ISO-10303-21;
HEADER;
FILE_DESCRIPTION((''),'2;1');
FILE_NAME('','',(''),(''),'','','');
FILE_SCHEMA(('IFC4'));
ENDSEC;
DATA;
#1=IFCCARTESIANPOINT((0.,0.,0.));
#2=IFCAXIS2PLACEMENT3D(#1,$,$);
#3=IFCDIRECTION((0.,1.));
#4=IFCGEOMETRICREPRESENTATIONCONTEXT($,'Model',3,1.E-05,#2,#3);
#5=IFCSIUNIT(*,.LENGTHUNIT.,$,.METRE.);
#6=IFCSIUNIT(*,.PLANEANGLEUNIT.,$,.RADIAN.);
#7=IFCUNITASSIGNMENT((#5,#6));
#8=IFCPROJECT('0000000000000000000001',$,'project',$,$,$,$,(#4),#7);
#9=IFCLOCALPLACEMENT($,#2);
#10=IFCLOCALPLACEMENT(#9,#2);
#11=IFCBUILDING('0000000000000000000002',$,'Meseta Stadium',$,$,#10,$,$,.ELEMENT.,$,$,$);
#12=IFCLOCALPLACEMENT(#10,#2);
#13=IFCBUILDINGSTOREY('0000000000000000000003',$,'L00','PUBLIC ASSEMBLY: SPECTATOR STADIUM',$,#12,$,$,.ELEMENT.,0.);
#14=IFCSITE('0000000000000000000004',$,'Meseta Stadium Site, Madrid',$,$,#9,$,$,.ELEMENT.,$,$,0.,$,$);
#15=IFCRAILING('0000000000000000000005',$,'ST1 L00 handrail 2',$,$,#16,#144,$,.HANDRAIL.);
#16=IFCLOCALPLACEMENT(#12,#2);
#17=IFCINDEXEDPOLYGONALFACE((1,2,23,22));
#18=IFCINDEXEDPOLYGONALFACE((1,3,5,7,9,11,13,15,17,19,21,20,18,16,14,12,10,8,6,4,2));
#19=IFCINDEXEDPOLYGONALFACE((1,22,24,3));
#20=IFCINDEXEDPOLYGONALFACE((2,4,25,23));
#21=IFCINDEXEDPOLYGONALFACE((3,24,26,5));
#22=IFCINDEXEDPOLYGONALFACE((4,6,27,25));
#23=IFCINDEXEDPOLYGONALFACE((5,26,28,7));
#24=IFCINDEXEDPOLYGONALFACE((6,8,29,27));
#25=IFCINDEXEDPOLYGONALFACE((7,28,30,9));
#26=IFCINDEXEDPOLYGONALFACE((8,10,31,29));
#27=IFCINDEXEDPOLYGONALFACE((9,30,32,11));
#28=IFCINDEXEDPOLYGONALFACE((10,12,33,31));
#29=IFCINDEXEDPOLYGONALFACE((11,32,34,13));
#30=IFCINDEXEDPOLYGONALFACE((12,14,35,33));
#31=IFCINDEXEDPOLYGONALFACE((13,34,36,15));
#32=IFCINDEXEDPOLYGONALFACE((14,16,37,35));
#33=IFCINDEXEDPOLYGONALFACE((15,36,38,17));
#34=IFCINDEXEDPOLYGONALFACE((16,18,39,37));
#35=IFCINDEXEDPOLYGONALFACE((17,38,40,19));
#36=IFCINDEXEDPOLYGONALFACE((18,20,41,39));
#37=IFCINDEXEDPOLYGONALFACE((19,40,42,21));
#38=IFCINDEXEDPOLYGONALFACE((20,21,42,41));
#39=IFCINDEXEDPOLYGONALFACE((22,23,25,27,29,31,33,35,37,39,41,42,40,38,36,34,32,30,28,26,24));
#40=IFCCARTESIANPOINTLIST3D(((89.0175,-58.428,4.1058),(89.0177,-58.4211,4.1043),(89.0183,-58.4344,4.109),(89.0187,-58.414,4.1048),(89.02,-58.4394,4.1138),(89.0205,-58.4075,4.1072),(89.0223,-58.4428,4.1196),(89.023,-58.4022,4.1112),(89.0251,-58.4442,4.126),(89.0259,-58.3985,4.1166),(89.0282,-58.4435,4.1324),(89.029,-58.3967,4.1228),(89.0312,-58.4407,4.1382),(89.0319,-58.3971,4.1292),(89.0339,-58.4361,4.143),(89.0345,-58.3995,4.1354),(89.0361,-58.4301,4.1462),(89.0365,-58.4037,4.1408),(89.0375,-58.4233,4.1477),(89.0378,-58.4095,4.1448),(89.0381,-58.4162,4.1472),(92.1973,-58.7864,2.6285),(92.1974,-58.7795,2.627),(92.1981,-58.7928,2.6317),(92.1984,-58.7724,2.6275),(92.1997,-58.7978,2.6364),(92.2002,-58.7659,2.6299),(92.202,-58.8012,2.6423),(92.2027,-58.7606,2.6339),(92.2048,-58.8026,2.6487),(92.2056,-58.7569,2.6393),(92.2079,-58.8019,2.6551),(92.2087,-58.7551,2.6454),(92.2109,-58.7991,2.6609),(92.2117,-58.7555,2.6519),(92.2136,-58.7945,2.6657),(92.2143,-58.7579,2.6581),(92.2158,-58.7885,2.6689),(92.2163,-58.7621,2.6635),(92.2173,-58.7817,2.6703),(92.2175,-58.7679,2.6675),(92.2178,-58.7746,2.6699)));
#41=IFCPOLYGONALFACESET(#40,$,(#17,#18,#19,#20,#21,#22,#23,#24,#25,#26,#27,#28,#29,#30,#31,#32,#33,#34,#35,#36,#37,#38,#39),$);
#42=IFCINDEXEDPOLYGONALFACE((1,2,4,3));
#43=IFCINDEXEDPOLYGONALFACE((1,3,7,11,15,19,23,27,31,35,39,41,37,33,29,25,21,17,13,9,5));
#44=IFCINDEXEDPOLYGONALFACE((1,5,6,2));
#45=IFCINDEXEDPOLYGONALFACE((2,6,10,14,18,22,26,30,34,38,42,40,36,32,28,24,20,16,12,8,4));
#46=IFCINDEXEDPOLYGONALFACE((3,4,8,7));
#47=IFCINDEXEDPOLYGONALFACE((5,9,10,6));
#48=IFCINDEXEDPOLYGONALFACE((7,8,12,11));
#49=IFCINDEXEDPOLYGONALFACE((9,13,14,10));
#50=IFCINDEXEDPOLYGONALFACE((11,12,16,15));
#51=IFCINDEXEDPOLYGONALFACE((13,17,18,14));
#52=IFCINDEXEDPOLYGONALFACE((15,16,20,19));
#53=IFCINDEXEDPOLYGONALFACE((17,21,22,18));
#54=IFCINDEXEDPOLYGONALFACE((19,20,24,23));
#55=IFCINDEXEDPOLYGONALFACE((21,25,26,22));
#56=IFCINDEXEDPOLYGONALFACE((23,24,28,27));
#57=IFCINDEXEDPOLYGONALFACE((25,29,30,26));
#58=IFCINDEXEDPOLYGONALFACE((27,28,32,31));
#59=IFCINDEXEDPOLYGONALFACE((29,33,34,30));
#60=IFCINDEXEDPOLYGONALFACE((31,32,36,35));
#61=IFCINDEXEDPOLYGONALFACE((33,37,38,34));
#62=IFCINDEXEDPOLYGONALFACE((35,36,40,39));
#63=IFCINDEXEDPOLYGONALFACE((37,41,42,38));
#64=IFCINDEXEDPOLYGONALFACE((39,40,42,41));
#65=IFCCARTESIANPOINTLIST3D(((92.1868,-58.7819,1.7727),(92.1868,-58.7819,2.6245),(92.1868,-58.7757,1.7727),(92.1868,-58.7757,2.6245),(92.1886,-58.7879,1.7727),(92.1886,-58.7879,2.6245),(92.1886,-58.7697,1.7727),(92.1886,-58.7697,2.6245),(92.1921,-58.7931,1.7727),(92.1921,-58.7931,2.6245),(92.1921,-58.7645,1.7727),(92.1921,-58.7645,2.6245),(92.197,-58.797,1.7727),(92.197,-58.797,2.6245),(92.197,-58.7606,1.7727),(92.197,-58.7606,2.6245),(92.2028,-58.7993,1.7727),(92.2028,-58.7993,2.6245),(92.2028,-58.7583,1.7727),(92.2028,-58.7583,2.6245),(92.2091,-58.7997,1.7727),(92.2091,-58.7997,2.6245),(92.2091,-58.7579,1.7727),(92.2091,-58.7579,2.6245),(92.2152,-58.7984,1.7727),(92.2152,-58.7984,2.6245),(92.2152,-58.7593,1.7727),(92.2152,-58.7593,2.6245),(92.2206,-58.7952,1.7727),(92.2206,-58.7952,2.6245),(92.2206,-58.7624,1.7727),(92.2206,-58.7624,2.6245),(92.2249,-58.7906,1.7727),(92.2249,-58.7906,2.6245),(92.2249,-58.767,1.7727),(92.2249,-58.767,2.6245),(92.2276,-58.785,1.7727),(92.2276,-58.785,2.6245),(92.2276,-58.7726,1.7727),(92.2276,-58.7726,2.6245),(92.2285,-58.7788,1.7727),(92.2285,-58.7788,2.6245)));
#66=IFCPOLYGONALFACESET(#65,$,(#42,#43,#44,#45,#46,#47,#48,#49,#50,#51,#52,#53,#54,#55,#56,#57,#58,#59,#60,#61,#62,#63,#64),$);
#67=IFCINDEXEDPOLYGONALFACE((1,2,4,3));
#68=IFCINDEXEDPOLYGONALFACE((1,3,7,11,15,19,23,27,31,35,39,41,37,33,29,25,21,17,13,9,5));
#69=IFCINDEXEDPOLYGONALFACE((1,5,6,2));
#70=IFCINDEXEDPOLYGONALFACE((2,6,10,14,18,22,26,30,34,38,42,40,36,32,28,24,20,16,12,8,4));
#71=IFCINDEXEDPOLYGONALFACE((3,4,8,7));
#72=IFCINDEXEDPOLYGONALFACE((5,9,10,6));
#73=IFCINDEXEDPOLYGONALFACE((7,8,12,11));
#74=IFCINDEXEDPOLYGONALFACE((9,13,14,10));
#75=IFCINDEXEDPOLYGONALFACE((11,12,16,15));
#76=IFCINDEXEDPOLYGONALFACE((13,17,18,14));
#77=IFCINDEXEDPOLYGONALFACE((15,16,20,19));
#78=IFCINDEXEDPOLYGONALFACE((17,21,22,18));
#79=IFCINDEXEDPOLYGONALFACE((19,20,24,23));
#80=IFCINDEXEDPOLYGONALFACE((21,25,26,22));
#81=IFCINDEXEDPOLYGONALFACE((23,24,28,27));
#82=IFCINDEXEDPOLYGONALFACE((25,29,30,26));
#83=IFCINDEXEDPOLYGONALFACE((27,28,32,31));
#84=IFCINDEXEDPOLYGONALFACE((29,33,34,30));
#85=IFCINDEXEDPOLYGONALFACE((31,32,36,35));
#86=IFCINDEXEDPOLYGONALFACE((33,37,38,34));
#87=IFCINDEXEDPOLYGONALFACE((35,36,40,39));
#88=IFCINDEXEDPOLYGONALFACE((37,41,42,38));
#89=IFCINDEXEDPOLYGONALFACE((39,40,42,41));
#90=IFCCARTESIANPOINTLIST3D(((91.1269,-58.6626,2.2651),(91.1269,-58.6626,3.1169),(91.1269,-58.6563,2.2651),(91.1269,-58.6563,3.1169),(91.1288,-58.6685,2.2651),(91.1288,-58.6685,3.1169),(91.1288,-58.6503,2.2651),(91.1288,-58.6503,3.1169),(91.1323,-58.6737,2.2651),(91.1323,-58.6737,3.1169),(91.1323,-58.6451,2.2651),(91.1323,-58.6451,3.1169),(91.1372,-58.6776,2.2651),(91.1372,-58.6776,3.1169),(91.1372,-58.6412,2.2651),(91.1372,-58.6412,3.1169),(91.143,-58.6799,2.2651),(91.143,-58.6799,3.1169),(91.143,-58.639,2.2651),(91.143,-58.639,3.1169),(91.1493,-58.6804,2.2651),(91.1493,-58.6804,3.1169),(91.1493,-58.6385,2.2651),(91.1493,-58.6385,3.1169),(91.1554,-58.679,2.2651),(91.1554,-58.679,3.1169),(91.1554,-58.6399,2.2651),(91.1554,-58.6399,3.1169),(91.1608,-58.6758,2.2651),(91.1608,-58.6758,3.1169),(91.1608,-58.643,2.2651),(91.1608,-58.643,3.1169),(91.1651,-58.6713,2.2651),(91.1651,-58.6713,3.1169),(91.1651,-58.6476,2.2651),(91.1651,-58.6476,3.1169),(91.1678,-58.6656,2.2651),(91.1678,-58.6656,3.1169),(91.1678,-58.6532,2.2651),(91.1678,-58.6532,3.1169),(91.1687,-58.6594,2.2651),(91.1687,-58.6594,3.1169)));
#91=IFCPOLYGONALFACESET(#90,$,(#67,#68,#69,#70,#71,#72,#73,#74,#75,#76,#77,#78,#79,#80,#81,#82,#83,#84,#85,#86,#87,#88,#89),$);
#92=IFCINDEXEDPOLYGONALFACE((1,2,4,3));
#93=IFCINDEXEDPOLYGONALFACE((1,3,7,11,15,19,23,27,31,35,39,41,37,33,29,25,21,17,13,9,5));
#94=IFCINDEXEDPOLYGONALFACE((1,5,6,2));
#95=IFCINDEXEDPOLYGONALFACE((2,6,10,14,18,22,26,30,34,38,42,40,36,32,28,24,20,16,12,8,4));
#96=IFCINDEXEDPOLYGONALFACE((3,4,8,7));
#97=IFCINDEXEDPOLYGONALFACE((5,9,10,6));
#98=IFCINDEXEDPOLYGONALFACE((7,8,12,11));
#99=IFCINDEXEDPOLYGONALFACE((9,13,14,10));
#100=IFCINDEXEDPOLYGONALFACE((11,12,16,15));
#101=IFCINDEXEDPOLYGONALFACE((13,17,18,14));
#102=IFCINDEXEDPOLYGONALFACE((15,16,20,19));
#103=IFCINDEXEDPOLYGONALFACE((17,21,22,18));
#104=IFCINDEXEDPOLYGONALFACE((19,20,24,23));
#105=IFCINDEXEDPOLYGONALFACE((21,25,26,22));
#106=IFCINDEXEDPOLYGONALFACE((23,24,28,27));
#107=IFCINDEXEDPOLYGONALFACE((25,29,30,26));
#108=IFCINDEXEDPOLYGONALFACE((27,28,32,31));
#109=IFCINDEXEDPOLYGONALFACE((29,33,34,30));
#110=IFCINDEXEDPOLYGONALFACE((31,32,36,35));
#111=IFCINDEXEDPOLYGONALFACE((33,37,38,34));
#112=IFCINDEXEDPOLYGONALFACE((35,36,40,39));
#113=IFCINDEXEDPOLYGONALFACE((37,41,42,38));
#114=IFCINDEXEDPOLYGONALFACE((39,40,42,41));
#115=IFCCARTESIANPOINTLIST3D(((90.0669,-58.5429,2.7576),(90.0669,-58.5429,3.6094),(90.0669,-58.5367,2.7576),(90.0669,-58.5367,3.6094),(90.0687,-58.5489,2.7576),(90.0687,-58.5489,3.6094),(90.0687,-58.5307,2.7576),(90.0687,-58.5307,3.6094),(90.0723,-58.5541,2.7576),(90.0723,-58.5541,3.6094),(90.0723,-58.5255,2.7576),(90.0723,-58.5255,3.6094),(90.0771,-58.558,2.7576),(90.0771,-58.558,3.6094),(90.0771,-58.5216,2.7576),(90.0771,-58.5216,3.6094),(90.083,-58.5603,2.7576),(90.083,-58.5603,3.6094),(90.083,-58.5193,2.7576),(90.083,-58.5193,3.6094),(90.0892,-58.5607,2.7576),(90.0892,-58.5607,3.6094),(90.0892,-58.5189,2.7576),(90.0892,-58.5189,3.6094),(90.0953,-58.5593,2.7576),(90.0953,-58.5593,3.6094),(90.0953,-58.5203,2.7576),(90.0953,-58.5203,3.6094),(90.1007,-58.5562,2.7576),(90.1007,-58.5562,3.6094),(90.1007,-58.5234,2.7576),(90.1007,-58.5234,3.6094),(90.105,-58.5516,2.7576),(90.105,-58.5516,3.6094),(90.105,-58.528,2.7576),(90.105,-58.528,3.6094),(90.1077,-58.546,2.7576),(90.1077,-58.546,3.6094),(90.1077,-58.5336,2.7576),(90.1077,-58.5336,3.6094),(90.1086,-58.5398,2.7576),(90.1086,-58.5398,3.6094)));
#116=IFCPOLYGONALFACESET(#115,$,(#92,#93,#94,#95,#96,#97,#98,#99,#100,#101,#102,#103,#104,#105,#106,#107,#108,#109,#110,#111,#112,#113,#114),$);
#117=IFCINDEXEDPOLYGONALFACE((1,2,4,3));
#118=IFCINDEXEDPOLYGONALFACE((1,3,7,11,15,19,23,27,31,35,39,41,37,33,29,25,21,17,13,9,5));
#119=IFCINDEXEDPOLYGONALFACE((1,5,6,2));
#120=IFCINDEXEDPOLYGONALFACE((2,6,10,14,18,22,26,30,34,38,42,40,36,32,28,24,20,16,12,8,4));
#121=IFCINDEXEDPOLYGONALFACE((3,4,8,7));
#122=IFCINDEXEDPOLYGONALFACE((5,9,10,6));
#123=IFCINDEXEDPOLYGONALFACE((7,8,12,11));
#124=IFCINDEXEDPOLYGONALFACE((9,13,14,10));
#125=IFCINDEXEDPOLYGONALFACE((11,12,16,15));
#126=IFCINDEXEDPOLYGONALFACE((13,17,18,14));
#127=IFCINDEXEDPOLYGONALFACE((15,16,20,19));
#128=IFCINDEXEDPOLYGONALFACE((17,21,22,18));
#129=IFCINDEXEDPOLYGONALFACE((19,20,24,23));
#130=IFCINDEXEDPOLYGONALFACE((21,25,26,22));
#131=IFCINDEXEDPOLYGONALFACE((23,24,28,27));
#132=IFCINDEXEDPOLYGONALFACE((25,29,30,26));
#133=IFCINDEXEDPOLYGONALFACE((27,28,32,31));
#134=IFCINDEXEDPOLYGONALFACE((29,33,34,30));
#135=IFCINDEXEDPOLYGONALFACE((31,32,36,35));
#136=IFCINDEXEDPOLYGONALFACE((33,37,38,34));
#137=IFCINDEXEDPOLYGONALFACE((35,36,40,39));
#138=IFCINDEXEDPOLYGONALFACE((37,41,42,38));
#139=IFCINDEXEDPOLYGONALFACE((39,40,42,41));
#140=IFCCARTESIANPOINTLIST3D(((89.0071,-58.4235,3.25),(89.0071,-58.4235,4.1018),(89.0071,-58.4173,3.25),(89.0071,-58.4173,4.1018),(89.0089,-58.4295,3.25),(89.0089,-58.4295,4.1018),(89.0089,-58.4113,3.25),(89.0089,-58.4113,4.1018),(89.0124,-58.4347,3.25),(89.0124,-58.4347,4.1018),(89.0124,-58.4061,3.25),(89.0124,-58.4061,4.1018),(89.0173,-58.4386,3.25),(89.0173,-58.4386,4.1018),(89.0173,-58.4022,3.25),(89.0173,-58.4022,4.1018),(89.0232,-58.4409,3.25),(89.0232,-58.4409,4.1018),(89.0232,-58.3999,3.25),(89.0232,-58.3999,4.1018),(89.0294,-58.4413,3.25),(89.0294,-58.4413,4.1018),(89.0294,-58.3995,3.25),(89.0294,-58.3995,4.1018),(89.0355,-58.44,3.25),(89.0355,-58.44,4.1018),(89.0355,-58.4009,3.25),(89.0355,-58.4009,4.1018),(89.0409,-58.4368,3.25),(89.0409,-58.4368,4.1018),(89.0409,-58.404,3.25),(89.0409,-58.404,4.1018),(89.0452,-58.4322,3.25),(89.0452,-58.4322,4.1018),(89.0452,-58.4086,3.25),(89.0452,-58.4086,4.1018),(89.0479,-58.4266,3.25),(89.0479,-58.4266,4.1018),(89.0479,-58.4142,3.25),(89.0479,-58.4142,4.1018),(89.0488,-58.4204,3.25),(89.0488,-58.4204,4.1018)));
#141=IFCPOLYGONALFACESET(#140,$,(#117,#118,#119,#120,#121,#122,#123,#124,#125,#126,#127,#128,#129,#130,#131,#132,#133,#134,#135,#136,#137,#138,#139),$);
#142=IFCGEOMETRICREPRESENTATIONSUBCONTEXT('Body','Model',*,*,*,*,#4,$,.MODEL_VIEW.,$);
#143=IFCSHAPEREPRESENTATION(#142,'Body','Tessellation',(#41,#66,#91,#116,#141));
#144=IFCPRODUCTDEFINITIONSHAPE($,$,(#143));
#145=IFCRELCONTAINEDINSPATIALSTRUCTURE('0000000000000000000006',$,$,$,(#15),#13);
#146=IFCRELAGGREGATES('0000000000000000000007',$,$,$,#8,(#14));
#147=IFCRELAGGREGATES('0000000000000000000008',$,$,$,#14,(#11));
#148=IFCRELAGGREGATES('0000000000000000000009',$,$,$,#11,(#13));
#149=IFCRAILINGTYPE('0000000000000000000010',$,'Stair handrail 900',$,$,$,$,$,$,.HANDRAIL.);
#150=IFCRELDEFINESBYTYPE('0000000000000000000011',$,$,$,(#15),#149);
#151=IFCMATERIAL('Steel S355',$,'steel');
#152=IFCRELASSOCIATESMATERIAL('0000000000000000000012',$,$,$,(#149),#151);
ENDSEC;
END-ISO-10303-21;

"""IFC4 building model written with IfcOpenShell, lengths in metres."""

from ifc_helpers import new_model, si_unit, direction, frame, origin, origin_2d, place, context, subcontext, project, spatial, circle, extrude, material, type_object, element, save


model = new_model("IFC4")

# Units and contexts
model_context = context("Model", 3, precision=1e-05, world=origin(), true_north=direction((0.0, 1.0)))
body_context = subcontext(model_context, "Body", "Model", "MODEL_VIEW")
ifc_project = project(units=[si_unit("LENGTHUNIT", "METRE"), si_unit("PLANEANGLEUNIT", "RADIAN")], contexts=[model_context])

# Site, building, storey
site_placement = place(None, origin())
site = spatial("IfcSite", under=ifc_project, at=site_placement, Name="Meseta Stadium Site, Madrid", CompositionType="ELEMENT", RefElevation=0.0)
building_placement = place(site_placement, origin())
building = spatial("IfcBuilding", under=site, at=building_placement, Name="Meseta Stadium", CompositionType="ELEMENT")
storey_placement = place(building_placement, origin())
storey = spatial("IfcBuildingStorey", under=building, at=storey_placement, Name="L00", Description="PUBLIC ASSEMBLY: SPECTATOR STADIUM", CompositionType="ELEMENT", Elevation=0.0)

# Railing
ifc_material_1 = material(Name="Steel S355", Category="steel")
railing_type_1 = type_object("IfcRailingType", Name="Stair handrail 900", PredefinedType="HANDRAIL", material=ifc_material_1)
railing_1_placement = place(storey_placement, frame((92.2075, -58.7788, 1.7727)))
element("IfcRailing", 1, at=railing_1_placement, inside=storey, type_object=railing_type_1, Name="ST1 L00 handrail 2", PredefinedType="HANDRAIL", context=body_context, shape_type="SweptSolid", body=[
    extrude(circle(Radius=0.0239, at=origin_2d()), frame((0.0, 0.0, 0.876), z_axis=(-0.902197, 0.101691, 0.419164), x_axis=(-0.112006, -0.993708, 0.0)), (0.0, 0.0, 1.0), 3.5244),
    extrude(circle(Radius=0.021, at=origin_2d()), origin(), (0.0, 0.0, 1.0), 0.8518),
    extrude(circle(Radius=0.021, at=origin_2d()), frame((-1.0598, 0.1194, 0.4924)), (0.0, 0.0, 1.0), 0.8518),
    extrude(circle(Radius=0.021, at=origin_2d()), frame((-2.1199, 0.239, 0.9849)), (0.0, 0.0, 1.0), 0.8518),
    extrude(circle(Radius=0.021, at=origin_2d()), frame((-3.1797, 0.3584, 1.4773)), (0.0, 0.0, 1.0), 0.8518),
])

save(model, "model.ifc")
